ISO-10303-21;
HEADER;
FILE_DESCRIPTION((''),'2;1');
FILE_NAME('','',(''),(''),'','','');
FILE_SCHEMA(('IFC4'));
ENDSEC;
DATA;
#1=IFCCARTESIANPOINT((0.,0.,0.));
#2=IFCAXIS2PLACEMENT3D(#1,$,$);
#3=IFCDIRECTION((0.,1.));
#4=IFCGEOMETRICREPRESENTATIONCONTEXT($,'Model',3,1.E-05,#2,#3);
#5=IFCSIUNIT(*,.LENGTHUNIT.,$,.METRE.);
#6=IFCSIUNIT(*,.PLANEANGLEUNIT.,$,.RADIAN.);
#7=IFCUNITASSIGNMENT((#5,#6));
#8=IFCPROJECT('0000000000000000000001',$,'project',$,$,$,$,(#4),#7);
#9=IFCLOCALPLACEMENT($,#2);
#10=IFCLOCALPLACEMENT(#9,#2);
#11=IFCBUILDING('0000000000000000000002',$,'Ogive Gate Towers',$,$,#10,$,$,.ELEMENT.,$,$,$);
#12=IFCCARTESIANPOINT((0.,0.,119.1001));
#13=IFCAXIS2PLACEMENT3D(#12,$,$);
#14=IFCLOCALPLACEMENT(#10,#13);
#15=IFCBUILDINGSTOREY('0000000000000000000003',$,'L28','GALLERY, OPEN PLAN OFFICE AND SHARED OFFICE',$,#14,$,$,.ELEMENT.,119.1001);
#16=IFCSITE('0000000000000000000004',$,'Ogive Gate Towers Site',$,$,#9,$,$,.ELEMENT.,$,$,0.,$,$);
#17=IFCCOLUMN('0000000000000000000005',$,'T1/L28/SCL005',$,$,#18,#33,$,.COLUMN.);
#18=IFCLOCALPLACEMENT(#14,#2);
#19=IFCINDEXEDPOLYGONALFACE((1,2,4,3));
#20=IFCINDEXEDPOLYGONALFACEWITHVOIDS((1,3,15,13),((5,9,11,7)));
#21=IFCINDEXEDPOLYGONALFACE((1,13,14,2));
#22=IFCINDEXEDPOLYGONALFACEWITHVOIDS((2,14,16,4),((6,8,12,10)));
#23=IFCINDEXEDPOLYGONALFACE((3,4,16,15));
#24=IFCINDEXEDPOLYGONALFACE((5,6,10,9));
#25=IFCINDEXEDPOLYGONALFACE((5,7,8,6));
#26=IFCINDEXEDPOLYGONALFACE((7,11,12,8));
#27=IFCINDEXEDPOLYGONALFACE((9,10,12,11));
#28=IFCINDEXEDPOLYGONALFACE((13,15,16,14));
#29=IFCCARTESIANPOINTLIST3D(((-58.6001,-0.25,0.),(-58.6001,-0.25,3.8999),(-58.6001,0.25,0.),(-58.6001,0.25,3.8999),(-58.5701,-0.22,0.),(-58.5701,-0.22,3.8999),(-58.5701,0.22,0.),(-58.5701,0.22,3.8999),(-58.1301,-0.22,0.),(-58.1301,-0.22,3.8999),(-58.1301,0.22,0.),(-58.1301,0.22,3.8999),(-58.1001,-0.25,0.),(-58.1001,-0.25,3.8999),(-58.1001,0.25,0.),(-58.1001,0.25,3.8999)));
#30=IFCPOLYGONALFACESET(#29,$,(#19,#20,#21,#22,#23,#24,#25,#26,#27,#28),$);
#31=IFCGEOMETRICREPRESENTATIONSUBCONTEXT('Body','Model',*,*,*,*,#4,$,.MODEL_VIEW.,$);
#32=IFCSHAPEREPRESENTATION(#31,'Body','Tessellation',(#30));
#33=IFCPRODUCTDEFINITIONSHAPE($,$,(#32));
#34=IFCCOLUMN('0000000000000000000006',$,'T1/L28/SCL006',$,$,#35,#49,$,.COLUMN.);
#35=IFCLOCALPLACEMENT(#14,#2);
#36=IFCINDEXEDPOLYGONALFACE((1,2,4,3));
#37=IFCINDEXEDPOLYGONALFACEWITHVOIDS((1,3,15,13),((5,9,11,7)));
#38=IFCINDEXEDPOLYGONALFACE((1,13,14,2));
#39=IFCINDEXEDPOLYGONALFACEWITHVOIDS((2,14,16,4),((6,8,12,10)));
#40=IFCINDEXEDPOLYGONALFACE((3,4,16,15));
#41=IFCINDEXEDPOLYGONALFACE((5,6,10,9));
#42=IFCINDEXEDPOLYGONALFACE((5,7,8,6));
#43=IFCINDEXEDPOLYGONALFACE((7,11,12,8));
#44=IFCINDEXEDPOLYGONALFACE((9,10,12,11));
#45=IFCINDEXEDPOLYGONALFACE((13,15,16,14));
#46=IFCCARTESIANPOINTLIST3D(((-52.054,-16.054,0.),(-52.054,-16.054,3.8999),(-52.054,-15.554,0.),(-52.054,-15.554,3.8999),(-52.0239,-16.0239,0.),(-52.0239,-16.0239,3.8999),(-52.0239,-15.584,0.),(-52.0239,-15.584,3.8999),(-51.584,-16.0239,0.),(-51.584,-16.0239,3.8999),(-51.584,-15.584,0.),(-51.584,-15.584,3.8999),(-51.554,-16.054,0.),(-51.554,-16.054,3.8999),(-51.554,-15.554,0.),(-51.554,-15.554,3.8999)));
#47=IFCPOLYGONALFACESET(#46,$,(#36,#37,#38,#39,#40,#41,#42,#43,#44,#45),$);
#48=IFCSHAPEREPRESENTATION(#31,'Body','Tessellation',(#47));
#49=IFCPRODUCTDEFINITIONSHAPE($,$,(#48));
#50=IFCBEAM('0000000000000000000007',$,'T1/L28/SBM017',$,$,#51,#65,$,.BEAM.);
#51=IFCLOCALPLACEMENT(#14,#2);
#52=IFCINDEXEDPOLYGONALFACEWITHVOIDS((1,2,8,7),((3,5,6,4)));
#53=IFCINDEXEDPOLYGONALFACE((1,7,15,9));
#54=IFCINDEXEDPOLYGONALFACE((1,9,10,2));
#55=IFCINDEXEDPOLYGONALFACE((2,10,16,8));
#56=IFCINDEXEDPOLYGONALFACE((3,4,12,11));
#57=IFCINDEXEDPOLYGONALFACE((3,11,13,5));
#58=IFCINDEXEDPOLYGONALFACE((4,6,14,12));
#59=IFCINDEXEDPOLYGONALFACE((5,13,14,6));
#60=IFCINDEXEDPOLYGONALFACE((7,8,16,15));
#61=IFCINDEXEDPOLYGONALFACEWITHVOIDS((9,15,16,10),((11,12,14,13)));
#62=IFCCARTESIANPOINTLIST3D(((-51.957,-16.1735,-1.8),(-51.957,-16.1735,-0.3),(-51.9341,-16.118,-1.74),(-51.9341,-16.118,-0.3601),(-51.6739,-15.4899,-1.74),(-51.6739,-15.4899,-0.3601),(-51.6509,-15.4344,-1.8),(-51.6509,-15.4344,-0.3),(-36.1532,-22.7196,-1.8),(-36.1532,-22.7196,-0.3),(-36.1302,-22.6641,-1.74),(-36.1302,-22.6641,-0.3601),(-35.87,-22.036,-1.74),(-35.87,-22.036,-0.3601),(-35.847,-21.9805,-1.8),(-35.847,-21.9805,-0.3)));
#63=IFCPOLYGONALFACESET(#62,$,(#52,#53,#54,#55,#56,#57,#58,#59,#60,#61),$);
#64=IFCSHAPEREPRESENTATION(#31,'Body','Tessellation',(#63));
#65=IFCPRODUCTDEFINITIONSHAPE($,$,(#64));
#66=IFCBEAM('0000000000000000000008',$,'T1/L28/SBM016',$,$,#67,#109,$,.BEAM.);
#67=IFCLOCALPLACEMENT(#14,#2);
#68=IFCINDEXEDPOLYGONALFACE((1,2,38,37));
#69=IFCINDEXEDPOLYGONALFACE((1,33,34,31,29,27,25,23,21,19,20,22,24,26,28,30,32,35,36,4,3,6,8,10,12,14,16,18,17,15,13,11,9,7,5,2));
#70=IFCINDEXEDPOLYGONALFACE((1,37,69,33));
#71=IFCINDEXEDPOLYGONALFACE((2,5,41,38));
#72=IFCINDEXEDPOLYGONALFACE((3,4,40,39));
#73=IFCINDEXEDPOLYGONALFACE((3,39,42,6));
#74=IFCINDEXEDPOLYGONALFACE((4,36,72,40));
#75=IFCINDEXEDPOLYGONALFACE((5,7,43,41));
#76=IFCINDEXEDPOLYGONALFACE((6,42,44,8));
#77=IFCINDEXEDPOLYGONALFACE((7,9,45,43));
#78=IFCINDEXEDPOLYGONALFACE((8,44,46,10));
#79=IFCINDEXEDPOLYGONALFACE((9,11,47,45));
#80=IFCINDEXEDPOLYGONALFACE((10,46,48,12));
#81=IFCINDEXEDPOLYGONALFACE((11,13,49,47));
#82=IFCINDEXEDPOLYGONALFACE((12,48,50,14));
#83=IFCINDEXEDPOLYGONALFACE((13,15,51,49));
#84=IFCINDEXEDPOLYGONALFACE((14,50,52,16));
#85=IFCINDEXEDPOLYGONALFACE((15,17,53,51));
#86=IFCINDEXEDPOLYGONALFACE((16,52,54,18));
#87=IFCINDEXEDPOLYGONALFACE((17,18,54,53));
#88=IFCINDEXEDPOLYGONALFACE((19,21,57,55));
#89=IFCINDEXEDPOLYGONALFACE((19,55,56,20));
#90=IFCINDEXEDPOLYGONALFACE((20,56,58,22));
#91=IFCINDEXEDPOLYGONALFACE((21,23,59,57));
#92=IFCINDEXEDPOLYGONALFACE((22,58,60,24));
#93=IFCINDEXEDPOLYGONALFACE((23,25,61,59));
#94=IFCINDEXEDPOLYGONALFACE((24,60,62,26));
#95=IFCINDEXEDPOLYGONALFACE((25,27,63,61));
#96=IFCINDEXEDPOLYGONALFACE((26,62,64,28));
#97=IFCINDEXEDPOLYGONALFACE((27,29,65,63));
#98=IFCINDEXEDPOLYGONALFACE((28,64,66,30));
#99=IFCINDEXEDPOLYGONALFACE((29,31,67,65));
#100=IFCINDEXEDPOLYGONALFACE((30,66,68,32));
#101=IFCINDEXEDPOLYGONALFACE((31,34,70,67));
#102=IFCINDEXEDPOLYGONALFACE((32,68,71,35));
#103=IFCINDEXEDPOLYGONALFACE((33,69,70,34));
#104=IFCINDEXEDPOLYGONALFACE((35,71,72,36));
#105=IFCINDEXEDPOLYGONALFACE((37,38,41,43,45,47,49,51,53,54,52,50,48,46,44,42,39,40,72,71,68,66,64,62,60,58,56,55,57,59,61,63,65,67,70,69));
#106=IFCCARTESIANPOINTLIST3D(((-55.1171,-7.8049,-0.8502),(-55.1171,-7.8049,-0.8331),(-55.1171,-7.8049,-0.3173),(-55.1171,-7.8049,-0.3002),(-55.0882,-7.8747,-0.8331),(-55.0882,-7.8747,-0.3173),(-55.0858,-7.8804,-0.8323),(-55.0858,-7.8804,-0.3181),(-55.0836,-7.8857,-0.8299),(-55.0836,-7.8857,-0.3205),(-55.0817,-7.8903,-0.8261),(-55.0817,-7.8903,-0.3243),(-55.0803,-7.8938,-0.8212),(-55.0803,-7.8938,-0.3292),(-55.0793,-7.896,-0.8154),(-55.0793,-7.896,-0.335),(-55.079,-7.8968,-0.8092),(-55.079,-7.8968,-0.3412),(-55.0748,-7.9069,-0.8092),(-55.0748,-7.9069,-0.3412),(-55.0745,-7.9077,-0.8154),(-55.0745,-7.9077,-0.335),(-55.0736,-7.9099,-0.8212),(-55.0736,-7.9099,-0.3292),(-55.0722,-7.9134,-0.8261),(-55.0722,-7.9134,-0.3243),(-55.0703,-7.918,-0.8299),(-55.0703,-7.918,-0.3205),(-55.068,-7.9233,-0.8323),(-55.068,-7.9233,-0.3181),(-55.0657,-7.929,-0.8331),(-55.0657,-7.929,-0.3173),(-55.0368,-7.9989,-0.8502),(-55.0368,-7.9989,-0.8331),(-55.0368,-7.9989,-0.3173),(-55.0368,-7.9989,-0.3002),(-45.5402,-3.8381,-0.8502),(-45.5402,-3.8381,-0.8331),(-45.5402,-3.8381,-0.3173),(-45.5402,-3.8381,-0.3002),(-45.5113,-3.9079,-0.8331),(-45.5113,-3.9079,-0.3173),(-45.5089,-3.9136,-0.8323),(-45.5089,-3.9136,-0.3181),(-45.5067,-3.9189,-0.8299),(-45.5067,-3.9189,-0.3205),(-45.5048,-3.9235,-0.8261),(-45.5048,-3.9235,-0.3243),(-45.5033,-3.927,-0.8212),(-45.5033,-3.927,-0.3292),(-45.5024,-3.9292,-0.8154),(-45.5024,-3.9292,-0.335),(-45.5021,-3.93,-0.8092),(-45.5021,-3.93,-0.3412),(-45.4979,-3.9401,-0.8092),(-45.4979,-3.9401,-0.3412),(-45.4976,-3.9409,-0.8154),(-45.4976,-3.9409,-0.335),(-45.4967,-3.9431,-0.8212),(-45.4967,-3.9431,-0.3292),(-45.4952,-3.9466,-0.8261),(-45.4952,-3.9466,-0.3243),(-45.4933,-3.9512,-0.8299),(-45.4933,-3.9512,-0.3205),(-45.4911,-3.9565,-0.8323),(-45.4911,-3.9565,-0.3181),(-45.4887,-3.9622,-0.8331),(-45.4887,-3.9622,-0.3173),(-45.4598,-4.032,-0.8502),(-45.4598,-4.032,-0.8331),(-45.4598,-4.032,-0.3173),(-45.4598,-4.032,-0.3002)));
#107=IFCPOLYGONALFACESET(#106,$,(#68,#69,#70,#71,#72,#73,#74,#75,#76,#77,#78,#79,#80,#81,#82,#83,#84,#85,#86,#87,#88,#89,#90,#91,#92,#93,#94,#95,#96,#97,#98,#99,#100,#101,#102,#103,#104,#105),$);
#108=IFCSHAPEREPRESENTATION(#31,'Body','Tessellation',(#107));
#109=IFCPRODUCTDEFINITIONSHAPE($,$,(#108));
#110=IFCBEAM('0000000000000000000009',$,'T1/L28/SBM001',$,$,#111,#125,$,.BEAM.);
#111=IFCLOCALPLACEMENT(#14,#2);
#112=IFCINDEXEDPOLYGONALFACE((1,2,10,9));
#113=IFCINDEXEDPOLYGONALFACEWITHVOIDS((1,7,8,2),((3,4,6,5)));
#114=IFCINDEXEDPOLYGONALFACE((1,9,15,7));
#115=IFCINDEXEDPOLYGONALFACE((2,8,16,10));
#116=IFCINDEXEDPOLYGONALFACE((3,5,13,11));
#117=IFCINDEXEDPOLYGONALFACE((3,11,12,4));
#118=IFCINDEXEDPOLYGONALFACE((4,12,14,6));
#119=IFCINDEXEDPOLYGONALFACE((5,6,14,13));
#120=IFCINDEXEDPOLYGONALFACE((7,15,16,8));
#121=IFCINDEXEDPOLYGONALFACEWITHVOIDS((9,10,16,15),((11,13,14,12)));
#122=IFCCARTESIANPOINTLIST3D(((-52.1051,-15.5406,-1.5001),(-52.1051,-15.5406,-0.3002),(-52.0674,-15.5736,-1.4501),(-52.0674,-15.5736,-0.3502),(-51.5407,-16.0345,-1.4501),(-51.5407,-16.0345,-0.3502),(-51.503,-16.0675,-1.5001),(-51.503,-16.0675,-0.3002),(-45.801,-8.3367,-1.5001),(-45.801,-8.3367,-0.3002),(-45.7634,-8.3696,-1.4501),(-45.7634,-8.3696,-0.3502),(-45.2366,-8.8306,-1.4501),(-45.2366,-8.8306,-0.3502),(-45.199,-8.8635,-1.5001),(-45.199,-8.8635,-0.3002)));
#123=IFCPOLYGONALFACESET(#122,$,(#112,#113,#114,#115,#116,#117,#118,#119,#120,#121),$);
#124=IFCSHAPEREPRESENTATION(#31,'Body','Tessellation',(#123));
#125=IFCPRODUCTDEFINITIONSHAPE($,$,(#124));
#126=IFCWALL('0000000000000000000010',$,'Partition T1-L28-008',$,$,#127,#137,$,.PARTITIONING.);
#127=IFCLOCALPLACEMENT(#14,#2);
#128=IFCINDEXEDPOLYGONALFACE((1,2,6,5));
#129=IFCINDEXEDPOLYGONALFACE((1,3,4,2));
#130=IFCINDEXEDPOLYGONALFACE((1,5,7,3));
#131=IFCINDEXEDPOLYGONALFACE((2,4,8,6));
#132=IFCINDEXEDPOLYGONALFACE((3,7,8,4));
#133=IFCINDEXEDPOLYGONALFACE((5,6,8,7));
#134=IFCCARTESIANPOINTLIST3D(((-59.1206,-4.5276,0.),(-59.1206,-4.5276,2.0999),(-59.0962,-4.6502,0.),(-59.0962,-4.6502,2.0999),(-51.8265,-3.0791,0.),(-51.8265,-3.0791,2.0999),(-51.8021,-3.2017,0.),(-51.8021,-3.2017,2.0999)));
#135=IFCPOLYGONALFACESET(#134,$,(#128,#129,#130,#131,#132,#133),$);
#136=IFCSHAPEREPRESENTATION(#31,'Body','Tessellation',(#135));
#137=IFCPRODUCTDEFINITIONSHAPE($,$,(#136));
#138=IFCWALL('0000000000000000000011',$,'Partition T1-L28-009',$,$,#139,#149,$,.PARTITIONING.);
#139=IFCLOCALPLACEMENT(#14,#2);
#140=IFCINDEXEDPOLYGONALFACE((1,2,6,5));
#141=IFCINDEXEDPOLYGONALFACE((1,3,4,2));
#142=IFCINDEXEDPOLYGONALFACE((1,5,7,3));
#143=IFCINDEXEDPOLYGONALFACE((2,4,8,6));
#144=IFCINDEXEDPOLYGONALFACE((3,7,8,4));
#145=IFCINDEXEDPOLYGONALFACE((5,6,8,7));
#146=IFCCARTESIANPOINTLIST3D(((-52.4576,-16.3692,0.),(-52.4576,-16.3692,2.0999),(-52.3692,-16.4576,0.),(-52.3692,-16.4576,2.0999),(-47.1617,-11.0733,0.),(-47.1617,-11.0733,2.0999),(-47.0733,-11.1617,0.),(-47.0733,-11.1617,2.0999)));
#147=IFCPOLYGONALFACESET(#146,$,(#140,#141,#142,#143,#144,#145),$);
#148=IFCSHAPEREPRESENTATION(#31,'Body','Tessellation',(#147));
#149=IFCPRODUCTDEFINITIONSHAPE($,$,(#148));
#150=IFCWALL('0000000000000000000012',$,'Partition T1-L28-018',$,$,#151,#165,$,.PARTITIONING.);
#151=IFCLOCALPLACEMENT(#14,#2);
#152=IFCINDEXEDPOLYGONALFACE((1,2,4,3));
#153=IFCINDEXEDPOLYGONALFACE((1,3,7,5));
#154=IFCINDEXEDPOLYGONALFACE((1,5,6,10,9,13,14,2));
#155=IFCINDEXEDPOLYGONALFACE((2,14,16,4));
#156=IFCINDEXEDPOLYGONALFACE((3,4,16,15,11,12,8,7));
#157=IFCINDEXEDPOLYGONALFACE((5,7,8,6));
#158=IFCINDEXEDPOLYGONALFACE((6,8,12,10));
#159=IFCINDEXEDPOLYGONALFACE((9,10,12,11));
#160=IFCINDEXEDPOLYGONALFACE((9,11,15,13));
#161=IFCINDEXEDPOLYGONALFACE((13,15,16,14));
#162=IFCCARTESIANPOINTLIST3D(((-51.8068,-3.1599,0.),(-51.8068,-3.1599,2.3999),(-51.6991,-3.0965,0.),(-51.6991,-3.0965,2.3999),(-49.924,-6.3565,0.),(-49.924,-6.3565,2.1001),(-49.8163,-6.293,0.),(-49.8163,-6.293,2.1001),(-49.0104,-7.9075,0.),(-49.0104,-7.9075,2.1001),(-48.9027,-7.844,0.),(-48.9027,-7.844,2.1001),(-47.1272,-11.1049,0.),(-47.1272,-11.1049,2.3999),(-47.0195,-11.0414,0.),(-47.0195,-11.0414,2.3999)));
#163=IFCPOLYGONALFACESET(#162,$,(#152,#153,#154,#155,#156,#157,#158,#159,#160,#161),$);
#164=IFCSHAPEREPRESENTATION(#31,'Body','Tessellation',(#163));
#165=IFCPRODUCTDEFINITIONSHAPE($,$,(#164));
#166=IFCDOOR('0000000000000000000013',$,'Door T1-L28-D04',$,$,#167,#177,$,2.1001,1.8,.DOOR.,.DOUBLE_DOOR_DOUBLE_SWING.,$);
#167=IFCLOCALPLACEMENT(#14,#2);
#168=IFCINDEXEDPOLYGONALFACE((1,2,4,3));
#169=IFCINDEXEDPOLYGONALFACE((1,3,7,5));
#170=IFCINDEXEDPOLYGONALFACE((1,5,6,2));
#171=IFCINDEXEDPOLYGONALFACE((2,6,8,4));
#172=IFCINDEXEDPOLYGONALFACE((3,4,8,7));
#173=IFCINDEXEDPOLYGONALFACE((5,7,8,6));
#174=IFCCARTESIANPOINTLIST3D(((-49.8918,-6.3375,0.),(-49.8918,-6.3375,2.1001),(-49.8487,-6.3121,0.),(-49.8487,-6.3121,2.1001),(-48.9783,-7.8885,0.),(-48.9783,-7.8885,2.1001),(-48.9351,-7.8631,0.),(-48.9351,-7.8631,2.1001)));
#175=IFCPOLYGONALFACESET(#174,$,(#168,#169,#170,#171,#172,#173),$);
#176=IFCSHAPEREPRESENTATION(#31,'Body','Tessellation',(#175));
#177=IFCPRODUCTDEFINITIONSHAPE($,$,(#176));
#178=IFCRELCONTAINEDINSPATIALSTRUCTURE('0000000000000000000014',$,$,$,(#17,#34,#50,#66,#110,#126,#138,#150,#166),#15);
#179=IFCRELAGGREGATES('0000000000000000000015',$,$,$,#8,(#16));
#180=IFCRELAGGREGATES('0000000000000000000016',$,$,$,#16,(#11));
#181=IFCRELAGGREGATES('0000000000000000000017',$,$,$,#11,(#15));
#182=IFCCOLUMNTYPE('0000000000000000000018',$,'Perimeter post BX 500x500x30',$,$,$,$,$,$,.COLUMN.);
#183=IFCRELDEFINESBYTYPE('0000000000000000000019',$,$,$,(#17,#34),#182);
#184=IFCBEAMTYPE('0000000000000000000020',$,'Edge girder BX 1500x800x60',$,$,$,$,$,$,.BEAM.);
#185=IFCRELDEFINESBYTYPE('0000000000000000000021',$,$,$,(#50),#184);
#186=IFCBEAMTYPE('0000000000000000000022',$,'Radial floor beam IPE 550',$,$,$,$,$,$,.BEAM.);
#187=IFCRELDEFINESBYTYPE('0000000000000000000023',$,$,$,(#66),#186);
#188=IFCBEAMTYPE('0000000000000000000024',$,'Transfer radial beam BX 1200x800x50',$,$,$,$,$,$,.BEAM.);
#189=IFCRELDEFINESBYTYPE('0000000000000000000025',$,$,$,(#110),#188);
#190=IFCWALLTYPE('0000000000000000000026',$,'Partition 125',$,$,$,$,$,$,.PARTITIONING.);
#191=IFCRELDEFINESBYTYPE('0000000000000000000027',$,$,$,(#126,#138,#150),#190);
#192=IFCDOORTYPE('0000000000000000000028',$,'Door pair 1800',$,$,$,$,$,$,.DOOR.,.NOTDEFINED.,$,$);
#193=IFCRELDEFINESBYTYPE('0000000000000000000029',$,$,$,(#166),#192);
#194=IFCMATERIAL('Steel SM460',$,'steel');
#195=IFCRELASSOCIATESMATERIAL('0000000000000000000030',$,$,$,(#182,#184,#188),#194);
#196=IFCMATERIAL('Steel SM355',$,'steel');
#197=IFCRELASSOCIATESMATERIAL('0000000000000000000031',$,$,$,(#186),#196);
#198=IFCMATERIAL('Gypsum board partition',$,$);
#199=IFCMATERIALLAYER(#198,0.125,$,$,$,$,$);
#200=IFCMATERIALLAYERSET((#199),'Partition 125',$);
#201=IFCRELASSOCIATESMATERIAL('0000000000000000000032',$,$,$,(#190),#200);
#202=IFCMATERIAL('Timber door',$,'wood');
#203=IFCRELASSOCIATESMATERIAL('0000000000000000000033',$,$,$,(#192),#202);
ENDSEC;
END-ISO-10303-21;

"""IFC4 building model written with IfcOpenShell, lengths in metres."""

from ifc_helpers import new_model, si_unit, direction, frame, frame_2d, origin, origin_2d, place, context, subcontext, project, spatial, rectangle, hollow_rectangle, i_section, extrude, material, layer, layer_set, material_profile, profile_set, type_object, element, fill, save


model = new_model("IFC4")

# Units and contexts
model_context = context("Model", 3, precision=1e-05, world=origin(), true_north=direction((0.0, 1.0)))
body_context = subcontext(model_context, "Body", "Model", "MODEL_VIEW")
ifc_project = project(units=[si_unit("LENGTHUNIT", "METRE"), si_unit("PLANEANGLEUNIT", "RADIAN")], contexts=[model_context])

# Site, building, storey
site_placement = place(None, origin())
site = spatial("IfcSite", under=ifc_project, at=site_placement, Name="Ogive Gate Towers Site", CompositionType="ELEMENT", RefElevation=0.0)
building_placement = place(site_placement, origin())
building = spatial("IfcBuilding", under=site, at=building_placement, Name="Ogive Gate Towers", CompositionType="ELEMENT")
storey_placement = place(building_placement, frame((0.0, 0.0, 119.1001)))
storey = spatial("IfcBuildingStorey", under=building, at=storey_placement, Name="L28", Description="GALLERY, OPEN PLAN OFFICE AND SHARED OFFICE", CompositionType="ELEMENT", Elevation=119.1001)

# Columns
ifc_material_1 = material(Name="Steel SM460", Category="steel")
ifc_material_profile_1 = material_profile(ifc_material_1, hollow_rectangle(XDim=0.5, YDim=0.5, WallThickness=0.03, at=origin_2d()), Name="BX 500x500x30")
ifc_profile_set_1 = profile_set([ifc_material_profile_1], Name="Steel SM460")
column_type = type_object("IfcColumnType", Name="Perimeter post BX 500x500x30", PredefinedType="COLUMN", material=ifc_profile_set_1)
for number, where, z_axis, x_axis, name in (
    (1, (-58.3501, 0.0, 0.0), (0.0, 0.0, 1.0), (1.0, 0.0, 0.0), "T1/L28/SCL005"),
    (2, (-51.804, -15.804, 0.0), (0.0, 0.0, 1.0), (1.0, 0.0, 0.0), "T1/L28/SCL006"),
):
    element("IfcColumn", number, at=place(storey_placement, frame(where, z_axis=z_axis, x_axis=x_axis)), inside=storey, type_object=column_type, Name=name, PredefinedType="COLUMN", context=body_context, shape_type="SweptSolid", body=[
        extrude(hollow_rectangle(XDim=0.5, YDim=0.5, WallThickness=0.03, at=origin_2d()), origin(), (0.0, 0.0, 1.0), 3.8999),
    ])

# Beams
ifc_material_profile_2 = material_profile(ifc_material_1, hollow_rectangle(XDim=0.8, YDim=1.5, WallThickness=0.0601, at=origin_2d()), Name="BX 1500x800x60")
ifc_profile_set_2 = profile_set([ifc_material_profile_2], Name="Steel SM460")
beam_type_1 = type_object("IfcBeamType", Name="Edge girder BX 1500x800x60", PredefinedType="BEAM", material=ifc_profile_set_2)
beam_1_placement = place(storey_placement, frame((-51.804, -15.804, -1.05), z_axis=(0.923881, -0.38268, 0.0), x_axis=(0.38268, 0.923881, 0.0)))
element("IfcBeam", 3, at=beam_1_placement, inside=storey, type_object=beam_type_1, Name="T1/L28/SBM017", PredefinedType="BEAM", context=body_context, shape_type="SweptSolid", body=[
    extrude(hollow_rectangle(XDim=0.8, YDim=1.5, WallThickness=0.0601, at=origin_2d()), origin(), (0.0, 0.0, 1.0), 17.106),
])
ifc_material_2 = material(Name="Steel SM355", Category="steel")
ifc_material_profile_3 = material_profile(ifc_material_2, i_section(OverallWidth=0.21, OverallDepth=0.55, WebThickness=0.011, FlangeThickness=0.0171, FilletRadius=0.0239, at=origin_2d()), Name="IPE 550")
ifc_profile_set_3 = profile_set([ifc_material_profile_3], Name="Steel SM355")
beam_type_2 = type_object("IfcBeamType", Name="Radial floor beam IPE 550", PredefinedType="BEAM", material=ifc_profile_set_3)
beam_2_placement = place(storey_placement, frame((-45.5, -3.9351, -0.5752), z_axis=(-0.923882, -0.382676, 0.0), x_axis=(0.382676, -0.923882, 0.0)))
element("IfcBeam", 4, at=beam_2_placement, inside=storey, type_object=beam_type_2, Name="T1/L28/SBM016", PredefinedType="BEAM", context=body_context, shape_type="SweptSolid", body=[
    extrude(i_section(OverallWidth=0.21, OverallDepth=0.55, WebThickness=0.011, FlangeThickness=0.0171, FilletRadius=0.0239, at=origin_2d()), origin(), (0.0, 0.0, 1.0), 10.366),
])
ifc_material_profile_4 = material_profile(ifc_material_1, hollow_rectangle(XDim=0.8, YDim=1.2, WallThickness=0.05, at=origin_2d()), Name="BX 1200x800x50")
ifc_profile_set_4 = profile_set([ifc_material_profile_4], Name="Steel SM460")
beam_type_3 = type_object("IfcBeamType", Name="Transfer radial beam BX 1200x800x50", PredefinedType="BEAM", material=ifc_profile_set_4)
beam_3_placement = place(storey_placement, frame((-45.5, -8.6001, -0.9001), z_axis=(-0.658539, -0.752547, 0.0), x_axis=(0.752547, -0.658539, 0.0)))
element("IfcBeam", 5, at=beam_3_placement, inside=storey, type_object=beam_type_3, Name="T1/L28/SBM001", PredefinedType="BEAM", context=body_context, shape_type="SweptSolid", body=[
    extrude(hollow_rectangle(XDim=0.8, YDim=1.2, WallThickness=0.05, at=origin_2d()), origin(), (0.0, 0.0, 1.0), 9.5728),
])

# Walls
ifc_material_3 = material(Name="Gypsum board partition")
ifc_layer = layer(ifc_material_3, 0.125)
ifc_layer_set = layer_set([ifc_layer], Name="Partition 125")
wall_type = type_object("IfcWallType", Name="Partition 125", PredefinedType="PARTITIONING", material=ifc_layer_set)
wall_1_placement = place(storey_placement, frame((-59.1084, -4.5889, 0.0), z_axis=(0.0, 0.0, 1.0), x_axis=(0.980847, 0.194778, 0.0)))
element("IfcWall", 6, at=wall_1_placement, inside=storey, type_object=wall_type, Name="Partition T1-L28-008", PredefinedType="PARTITIONING", context=body_context, shape_type="SweptSolid", body=[
    extrude(rectangle(XDim=7.4365, YDim=0.125, at=frame_2d((3.7183, 0.0))), origin(), (0.0, 0.0, 1.0), 2.0999),
])
wall_2_placement = place(storey_placement, frame((-52.4133, -16.4133, 0.0), z_axis=(0.0, 0.0, 1.0), x_axis=(0.707107, 0.707107, 0.0)))
element("IfcWall", 7, at=wall_2_placement, inside=storey, type_object=wall_type, Name="Partition T1-L28-009", PredefinedType="PARTITIONING", context=body_context, shape_type="SweptSolid", body=[
    extrude(rectangle(XDim=7.4895, YDim=0.125, at=frame_2d((3.7446, 0.0))), origin(), (0.0, 0.0, 1.0), 2.0999),
])

# Wall, opening, door
wall_3_placement = place(storey_placement, frame((-51.7529, -3.1282, 0.0), z_axis=(0.0, 0.0, 1.0), x_axis=(0.507513, -0.861644, 0.0)))
wall_3 = element("IfcWall", 8, at=wall_3_placement, inside=storey, type_object=wall_type, Name="Partition T1-L28-018", PredefinedType="PARTITIONING", context=body_context, shape_type="SweptSolid", body=[
    extrude(rectangle(XDim=9.2207, YDim=0.125, at=frame_2d((4.6104, 0.0))), origin(), (0.0, 0.0, 1.0), 2.3999),
])
opening_1_placement = place(wall_3_placement, frame((3.71, 0.0, 0.0)))
opening_1 = element("IfcOpeningElement", 9, at=opening_1_placement, cuts=wall_3, PredefinedType="OPENING", context=body_context, shape_type="SweptSolid", body=[
    extrude(rectangle(XDim=1.8, YDim=2.1001, at=frame_2d((0.8999, 1.05))), frame((0.0, 0.0725, 0.0), z_axis=(0.0, -1.0, 0.0), x_axis=(1.0, 0.0, 0.0)), (0.0, 0.0, 1.0), 0.145),
])
ifc_material_4 = material(Name="Timber door", Category="wood")
door_type = type_object("IfcDoorType", Name="Door pair 1800", OperationType="NOTDEFINED", PredefinedType="DOOR", material=ifc_material_4)
door_1_placement = place(opening_1_placement, origin())
door_1 = element("IfcDoor", 10, at=door_1_placement, inside=storey, type_object=door_type, Name="Door T1-L28-D04", OperationType="DOUBLE_DOOR_DOUBLE_SWING", OverallHeight=2.1001, OverallWidth=1.8, PredefinedType="DOOR", context=body_context, shape_type="SweptSolid", body=[
    extrude(rectangle(XDim=1.8, YDim=2.1001, at=frame_2d((0.8999, 1.05))), frame((0.0, 0.0249, 0.0), z_axis=(0.0, -1.0, 0.0), x_axis=(1.0, 0.0, 0.0)), (0.0, 0.0, 1.0), 0.05),
])
fill(opening_1, door_1)

save(model, "model.ifc")
